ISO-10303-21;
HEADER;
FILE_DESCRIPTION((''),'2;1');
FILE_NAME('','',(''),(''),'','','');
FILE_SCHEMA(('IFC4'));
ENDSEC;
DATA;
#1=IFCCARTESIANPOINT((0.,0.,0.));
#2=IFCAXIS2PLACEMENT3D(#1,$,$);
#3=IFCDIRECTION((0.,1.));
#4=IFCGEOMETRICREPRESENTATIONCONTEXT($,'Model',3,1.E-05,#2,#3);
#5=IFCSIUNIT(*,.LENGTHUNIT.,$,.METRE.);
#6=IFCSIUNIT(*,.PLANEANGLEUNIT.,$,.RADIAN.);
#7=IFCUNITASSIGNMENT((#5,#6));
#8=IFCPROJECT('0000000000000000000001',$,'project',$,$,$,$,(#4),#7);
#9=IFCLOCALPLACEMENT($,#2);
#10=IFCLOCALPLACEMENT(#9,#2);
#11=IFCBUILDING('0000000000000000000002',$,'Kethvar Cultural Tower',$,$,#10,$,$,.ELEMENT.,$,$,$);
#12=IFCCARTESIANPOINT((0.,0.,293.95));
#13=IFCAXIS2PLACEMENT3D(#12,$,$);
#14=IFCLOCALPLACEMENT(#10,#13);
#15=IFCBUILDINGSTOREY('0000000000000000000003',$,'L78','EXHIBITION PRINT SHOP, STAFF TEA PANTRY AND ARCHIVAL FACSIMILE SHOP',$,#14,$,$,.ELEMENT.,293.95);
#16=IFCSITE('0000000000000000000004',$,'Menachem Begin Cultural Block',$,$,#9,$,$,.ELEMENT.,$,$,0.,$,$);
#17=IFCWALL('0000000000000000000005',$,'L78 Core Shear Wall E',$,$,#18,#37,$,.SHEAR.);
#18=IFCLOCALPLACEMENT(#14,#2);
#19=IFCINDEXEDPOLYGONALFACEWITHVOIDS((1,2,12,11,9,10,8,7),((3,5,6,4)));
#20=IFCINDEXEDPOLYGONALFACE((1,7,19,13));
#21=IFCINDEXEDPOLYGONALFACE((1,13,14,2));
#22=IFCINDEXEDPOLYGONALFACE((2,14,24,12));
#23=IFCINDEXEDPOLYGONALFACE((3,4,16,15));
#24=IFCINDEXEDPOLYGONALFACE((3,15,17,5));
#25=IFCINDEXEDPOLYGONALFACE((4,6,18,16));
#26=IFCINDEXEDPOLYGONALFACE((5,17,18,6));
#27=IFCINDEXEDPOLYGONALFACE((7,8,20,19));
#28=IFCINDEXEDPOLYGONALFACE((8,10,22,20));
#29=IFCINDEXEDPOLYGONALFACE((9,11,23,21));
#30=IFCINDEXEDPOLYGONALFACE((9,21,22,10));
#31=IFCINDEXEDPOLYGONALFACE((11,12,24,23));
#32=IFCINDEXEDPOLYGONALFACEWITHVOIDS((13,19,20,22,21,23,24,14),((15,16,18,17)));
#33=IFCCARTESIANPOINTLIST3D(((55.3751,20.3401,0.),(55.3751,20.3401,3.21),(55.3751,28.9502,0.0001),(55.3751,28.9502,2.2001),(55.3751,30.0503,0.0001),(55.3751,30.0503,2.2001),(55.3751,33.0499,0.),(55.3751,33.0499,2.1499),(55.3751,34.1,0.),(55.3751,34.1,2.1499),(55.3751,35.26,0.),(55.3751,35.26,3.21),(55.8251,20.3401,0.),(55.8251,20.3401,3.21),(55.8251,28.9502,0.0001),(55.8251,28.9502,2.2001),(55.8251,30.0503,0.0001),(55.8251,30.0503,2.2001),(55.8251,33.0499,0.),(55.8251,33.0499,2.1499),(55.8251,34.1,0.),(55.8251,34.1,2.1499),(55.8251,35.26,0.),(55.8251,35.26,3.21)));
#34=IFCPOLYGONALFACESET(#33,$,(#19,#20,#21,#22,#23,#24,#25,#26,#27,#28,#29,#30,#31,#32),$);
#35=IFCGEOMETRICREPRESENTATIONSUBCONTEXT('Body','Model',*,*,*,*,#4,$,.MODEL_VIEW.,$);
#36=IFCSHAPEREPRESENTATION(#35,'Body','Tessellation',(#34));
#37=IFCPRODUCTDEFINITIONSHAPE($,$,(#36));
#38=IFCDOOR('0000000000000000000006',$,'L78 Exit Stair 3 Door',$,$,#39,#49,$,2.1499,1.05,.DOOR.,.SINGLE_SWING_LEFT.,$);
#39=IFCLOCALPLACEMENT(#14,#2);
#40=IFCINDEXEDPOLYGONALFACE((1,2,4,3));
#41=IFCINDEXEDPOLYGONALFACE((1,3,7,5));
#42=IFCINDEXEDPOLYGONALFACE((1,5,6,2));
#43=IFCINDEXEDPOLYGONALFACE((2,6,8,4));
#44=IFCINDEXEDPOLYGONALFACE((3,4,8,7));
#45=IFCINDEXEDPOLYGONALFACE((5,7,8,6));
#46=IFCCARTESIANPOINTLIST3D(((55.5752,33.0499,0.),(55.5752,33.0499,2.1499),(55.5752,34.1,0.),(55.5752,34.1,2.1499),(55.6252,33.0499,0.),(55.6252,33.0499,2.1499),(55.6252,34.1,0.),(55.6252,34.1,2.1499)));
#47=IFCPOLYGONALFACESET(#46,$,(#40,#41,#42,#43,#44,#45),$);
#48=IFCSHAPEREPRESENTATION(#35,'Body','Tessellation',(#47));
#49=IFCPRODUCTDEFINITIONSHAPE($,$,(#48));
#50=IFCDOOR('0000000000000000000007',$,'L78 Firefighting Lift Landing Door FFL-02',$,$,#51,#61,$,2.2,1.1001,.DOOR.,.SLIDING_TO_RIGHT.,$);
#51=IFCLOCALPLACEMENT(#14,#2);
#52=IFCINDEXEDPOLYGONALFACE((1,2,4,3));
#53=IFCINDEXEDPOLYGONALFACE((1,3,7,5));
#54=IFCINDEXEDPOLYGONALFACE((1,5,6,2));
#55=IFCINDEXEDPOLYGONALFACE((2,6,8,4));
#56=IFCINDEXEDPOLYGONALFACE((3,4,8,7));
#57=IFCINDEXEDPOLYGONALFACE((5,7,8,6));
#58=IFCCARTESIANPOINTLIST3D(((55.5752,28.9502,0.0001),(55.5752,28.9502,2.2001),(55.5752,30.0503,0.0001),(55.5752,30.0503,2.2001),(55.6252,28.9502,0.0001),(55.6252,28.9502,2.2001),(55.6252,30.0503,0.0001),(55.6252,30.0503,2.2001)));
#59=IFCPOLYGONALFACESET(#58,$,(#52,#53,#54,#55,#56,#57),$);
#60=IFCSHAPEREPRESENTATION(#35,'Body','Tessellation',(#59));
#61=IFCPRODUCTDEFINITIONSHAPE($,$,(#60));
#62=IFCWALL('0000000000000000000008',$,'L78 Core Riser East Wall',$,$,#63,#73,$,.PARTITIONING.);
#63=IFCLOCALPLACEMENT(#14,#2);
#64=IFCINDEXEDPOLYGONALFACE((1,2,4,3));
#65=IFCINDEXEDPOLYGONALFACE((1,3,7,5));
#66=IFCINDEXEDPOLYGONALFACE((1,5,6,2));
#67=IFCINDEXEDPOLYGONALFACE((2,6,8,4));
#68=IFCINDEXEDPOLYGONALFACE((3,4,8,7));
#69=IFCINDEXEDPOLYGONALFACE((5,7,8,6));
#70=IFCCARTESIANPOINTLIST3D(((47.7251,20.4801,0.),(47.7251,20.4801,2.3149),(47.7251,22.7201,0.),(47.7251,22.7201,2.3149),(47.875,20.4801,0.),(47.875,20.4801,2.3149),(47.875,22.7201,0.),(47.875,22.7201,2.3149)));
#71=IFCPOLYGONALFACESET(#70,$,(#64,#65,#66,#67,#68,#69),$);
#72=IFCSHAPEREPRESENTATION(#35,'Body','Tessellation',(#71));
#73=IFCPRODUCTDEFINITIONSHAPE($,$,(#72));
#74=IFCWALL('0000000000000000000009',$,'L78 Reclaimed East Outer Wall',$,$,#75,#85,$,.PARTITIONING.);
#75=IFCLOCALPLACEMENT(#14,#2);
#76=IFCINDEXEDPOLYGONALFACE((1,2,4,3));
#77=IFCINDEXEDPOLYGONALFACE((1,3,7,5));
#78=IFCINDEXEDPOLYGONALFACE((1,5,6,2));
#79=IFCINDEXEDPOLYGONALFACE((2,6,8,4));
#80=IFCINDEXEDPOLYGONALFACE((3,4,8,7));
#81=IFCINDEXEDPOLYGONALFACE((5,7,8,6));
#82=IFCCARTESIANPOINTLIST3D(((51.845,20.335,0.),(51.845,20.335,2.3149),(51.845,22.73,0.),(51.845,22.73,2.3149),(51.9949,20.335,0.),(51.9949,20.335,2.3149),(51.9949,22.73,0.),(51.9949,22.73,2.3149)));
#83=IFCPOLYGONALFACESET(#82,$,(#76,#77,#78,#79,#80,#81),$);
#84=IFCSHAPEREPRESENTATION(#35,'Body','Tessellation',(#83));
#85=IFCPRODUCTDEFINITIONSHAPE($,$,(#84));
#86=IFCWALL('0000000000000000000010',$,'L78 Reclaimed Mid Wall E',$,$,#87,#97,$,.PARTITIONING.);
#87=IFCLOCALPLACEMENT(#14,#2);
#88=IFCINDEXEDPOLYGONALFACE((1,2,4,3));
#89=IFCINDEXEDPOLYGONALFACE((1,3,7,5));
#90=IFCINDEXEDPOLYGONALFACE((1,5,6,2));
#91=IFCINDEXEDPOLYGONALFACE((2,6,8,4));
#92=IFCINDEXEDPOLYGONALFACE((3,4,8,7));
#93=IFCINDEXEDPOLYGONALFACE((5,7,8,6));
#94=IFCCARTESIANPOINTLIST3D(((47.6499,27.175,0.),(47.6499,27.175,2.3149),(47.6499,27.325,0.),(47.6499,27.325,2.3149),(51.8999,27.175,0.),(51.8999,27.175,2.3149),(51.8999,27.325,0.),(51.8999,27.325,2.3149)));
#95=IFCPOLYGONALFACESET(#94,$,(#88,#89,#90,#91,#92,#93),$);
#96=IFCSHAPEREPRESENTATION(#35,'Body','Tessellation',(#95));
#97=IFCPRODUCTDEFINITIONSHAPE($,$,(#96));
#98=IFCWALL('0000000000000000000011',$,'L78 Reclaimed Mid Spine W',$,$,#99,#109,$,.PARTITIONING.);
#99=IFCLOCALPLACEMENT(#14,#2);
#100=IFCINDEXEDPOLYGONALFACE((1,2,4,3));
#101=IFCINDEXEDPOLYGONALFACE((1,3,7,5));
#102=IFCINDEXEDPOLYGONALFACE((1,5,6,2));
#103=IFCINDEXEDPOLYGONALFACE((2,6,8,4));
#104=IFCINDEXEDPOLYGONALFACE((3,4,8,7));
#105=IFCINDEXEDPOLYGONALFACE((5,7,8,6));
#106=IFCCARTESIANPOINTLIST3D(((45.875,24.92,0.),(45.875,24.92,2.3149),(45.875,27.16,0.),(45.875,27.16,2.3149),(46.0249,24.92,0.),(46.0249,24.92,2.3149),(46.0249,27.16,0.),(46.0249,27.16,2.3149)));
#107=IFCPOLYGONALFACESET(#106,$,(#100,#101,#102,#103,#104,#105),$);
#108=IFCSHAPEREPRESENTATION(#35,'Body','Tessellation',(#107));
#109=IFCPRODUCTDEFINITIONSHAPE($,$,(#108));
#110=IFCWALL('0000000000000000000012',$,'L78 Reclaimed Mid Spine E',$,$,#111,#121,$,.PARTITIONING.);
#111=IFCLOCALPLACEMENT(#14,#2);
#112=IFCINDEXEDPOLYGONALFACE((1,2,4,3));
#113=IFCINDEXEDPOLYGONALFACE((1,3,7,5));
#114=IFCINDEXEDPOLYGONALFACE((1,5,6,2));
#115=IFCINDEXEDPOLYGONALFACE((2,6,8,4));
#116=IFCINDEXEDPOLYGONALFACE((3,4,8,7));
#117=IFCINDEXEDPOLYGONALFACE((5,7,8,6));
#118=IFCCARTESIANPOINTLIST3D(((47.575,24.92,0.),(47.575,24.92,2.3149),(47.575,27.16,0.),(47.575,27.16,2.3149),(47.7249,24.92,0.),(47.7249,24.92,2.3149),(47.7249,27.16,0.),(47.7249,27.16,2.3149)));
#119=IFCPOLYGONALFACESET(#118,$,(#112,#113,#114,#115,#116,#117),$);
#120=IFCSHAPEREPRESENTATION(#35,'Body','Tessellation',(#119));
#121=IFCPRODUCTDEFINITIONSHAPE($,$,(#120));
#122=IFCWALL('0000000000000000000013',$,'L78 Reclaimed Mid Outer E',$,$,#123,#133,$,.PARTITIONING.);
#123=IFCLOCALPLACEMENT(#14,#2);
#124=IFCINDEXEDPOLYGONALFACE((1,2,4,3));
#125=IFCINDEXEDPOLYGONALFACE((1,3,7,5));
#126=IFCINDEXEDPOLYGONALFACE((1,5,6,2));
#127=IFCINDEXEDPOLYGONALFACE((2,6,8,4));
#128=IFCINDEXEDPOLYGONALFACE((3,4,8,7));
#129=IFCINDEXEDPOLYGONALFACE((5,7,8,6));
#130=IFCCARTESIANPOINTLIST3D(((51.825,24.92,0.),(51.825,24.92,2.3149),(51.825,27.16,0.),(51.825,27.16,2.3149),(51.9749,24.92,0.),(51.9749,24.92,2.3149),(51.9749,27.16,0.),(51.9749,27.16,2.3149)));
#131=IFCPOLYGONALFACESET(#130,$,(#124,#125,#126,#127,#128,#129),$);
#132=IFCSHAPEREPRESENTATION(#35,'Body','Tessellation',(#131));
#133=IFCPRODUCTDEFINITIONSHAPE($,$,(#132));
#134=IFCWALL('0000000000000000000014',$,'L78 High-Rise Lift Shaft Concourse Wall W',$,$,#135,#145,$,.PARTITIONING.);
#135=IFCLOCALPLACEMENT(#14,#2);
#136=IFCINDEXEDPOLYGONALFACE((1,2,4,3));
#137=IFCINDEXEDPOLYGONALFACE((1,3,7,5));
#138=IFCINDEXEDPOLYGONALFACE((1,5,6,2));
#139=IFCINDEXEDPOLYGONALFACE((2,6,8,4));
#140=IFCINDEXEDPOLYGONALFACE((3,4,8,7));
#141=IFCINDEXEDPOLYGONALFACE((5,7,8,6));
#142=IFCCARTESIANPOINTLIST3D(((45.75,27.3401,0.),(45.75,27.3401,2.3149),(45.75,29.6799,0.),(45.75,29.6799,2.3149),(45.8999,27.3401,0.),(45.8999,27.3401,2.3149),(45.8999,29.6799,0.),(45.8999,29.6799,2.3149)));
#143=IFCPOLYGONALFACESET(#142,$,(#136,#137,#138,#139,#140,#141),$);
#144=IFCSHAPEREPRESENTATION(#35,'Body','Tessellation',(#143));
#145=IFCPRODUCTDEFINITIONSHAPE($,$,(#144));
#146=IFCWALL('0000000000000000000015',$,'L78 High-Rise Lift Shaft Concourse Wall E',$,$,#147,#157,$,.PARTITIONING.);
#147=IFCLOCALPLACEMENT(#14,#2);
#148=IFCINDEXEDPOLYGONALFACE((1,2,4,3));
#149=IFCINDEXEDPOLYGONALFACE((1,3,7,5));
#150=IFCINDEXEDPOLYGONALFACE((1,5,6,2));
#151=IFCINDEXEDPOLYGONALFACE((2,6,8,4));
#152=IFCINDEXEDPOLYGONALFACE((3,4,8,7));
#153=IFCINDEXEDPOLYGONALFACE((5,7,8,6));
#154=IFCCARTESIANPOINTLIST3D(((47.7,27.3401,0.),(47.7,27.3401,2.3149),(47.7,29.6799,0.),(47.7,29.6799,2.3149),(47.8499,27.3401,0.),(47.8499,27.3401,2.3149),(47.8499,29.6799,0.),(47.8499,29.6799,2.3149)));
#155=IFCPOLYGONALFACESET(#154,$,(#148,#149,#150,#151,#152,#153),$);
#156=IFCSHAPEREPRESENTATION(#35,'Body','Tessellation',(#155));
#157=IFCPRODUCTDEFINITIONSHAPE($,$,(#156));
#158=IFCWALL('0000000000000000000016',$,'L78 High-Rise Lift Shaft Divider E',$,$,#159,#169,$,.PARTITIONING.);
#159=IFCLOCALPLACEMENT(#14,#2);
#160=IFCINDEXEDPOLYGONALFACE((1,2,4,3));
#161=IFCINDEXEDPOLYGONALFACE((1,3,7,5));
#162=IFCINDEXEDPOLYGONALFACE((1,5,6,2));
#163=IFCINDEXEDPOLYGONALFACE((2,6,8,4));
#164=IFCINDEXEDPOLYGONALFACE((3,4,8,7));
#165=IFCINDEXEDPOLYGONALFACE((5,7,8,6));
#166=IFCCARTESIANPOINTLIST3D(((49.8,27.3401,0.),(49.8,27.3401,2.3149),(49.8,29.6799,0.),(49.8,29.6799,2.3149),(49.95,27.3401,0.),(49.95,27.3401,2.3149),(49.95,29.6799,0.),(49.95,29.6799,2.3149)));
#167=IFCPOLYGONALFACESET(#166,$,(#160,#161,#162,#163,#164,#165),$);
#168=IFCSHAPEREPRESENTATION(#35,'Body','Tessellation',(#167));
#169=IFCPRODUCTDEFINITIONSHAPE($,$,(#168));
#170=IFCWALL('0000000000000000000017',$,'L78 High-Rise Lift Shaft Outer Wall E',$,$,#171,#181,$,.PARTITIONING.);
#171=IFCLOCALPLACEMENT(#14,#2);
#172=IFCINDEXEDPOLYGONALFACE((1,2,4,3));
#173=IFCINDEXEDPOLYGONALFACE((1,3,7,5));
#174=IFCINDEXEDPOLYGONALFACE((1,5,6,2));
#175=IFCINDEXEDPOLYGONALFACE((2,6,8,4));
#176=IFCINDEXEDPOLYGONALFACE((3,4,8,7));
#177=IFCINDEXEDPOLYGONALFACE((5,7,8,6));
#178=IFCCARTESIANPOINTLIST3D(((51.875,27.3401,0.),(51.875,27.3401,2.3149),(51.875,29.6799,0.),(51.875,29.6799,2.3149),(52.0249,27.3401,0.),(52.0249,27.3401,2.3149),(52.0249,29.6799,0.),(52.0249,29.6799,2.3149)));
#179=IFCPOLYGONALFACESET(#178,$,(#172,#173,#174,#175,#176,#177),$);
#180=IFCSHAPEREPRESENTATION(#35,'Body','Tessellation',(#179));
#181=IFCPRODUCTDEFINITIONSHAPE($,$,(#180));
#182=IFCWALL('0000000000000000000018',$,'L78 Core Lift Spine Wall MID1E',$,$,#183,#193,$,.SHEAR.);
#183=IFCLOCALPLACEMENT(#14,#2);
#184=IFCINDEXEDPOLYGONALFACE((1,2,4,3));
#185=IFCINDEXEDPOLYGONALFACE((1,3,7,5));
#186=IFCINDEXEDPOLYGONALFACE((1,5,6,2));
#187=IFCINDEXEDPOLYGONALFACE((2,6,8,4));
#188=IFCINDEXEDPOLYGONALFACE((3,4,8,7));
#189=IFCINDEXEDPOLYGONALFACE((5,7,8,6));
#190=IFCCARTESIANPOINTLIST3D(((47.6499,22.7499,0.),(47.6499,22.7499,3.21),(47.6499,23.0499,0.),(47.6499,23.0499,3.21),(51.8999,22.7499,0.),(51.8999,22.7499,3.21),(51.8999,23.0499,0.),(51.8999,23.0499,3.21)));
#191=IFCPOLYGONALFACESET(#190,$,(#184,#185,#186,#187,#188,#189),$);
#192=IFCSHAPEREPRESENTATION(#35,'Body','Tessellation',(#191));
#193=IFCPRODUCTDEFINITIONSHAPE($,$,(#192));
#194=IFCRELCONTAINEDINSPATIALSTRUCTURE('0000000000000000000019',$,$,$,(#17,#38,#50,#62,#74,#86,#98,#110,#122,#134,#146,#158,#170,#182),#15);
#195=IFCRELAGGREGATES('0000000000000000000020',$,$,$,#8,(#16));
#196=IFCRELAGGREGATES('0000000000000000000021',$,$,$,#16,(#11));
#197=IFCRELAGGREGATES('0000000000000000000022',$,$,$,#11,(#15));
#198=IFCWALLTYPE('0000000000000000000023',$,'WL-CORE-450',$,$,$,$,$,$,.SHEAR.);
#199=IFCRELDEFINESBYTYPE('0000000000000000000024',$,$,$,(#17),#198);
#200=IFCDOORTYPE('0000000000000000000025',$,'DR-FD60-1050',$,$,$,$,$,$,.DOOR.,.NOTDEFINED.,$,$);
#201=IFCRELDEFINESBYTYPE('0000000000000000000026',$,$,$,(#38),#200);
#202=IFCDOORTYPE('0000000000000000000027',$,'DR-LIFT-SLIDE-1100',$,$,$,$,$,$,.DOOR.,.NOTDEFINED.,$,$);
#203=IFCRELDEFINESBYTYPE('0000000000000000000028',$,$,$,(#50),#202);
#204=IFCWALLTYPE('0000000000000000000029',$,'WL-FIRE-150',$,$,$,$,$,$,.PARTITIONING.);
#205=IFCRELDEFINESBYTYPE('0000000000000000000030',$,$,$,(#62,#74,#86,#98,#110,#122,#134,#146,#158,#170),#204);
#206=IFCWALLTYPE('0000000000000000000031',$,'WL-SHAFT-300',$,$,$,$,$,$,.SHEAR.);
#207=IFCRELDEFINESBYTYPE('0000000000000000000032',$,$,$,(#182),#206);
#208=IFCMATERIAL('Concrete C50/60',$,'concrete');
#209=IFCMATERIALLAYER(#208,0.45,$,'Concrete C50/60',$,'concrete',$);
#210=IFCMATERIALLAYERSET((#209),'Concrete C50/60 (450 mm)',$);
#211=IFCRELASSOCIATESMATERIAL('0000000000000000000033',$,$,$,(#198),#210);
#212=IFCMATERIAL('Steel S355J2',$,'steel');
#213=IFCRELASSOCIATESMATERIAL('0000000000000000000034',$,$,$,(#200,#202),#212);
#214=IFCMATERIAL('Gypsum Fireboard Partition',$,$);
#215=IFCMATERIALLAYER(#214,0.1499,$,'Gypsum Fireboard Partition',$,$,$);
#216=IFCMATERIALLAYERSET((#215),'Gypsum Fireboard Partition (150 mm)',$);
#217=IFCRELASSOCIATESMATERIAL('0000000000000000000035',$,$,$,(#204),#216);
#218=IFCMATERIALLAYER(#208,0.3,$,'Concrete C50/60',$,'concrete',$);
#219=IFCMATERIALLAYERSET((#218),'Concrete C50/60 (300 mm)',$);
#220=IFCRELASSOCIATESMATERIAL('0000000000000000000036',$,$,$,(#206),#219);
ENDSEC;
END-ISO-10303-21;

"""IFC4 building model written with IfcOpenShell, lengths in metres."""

from ifc_helpers import new_model, si_unit, direction, frame, frame_2d, origin, place, context, subcontext, project, spatial, rectangle, extrude, source, transform, mapped, material, layer, layer_set, type_object, element, fill, save


model = new_model("IFC4")

# Units and contexts
model_context = context("Model", 3, precision=1e-05, world=origin(), true_north=direction((0.0, 1.0)))
body_context = subcontext(model_context, "Body", "Model", "MODEL_VIEW")
ifc_project = project(units=[si_unit("LENGTHUNIT", "METRE"), si_unit("PLANEANGLEUNIT", "RADIAN")], contexts=[model_context])

# Site, building, storey
site_placement = place(None, origin())
site = spatial("IfcSite", under=ifc_project, at=site_placement, Name="Menachem Begin Cultural Block", CompositionType="ELEMENT", RefElevation=0.0)
building_placement = place(site_placement, origin())
building = spatial("IfcBuilding", under=site, at=building_placement, Name="Kethvar Cultural Tower", CompositionType="ELEMENT")
storey_placement = place(building_placement, frame((0.0, 0.0, 293.95)))
storey = spatial("IfcBuildingStorey", under=building, at=storey_placement, Name="L78", Description="EXHIBITION PRINT SHOP, STAFF TEA PANTRY AND ARCHIVAL FACSIMILE SHOP", CompositionType="ELEMENT", Elevation=293.95)

# Shared definitions
ifc_material_1 = material(Name="Steel S355J2", Category="steel")

# Wall, openings, doors
ifc_material_2 = material(Name="Concrete C50/60", Category="concrete")
ifc_layer_1 = layer(ifc_material_2, 0.45, Name="Concrete C50/60", Category="concrete")
ifc_layer_set_1 = layer_set([ifc_layer_1], Name="Concrete C50/60 (450 mm)")
wall_type_1 = type_object("IfcWallType", Name="WL-CORE-450", PredefinedType="SHEAR", material=ifc_layer_set_1)
wall_1_placement = place(storey_placement, frame((55.6001, 20.3401, 0.0), z_axis=(0.0, 0.0, 1.0), x_axis=(0.0, 1.0, 0.0)))
wall_1 = element("IfcWall", 1, at=wall_1_placement, inside=storey, type_object=wall_type_1, Name="L78 Core Shear Wall E", PredefinedType="SHEAR", context=body_context, shape_type="SweptSolid", body=[
    extrude(rectangle(XDim=14.9199, YDim=0.45, at=frame_2d((7.46, 0.0))), origin(), (0.0, 0.0, 1.0), 3.21),
])
opening_1_placement = place(wall_1_placement, frame((12.71, 0.0, 0.0)))
opening_1 = element("IfcOpeningElement", 2, at=opening_1_placement, cuts=wall_1, PredefinedType="OPENING", context=body_context, shape_type="SweptSolid", body=[
    extrude(rectangle(XDim=1.05, YDim=2.1499, at=frame_2d((0.5249, 1.075))), frame((0.0, 0.2349, 0.0), z_axis=(0.0, -1.0, 0.0), x_axis=(1.0, 0.0, 0.0)), (0.0, 0.0, 1.0), 0.47),
])
opening_2_placement = place(wall_1_placement, frame((8.6101, 0.0, 0.0)))
opening_2 = element("IfcOpeningElement", 3, at=opening_2_placement, cuts=wall_1, PredefinedType="OPENING", context=body_context, shape_type="SweptSolid", body=[
    extrude(rectangle(XDim=1.1001, YDim=2.2, at=frame_2d((0.55, 1.1001))), frame((0.0, 0.2349, 0.0), z_axis=(0.0, -1.0, 0.0), x_axis=(1.0, 0.0, 0.0)), (0.0, 0.0, 1.0), 0.47),
])
door_type_1 = type_object("IfcDoorType", Name="DR-FD60-1050", OperationType="NOTDEFINED", PredefinedType="DOOR", material=ifc_material_1)
shared_shape_1 = source(origin(), body_context, "Body", "SweptSolid", [
    extrude(rectangle(XDim=1.05, YDim=2.1499, at=frame_2d((0.5249, 1.075))), frame((0.0, 0.0249, 0.0), z_axis=(0.0, -1.0, 0.0), x_axis=(1.0, 0.0, 0.0)), (0.0, 0.0, 1.0), 0.05),
])
door_1_placement = place(opening_1_placement, origin())
door_1 = element("IfcDoor", 4, at=door_1_placement, inside=storey, type_object=door_type_1, Name="L78 Exit Stair 3 Door", OperationType="SINGLE_SWING_LEFT", OverallHeight=2.1499, OverallWidth=1.05, PredefinedType="DOOR", context=body_context, shape_type="MappedRepresentation", body=[
    mapped(shared_shape_1, transform((0.0, 0.0, 0.0), scale=1.0)),
])
fill(opening_1, door_1)
door_type_2 = type_object("IfcDoorType", Name="DR-LIFT-SLIDE-1100", OperationType="NOTDEFINED", PredefinedType="DOOR", material=ifc_material_1)
shared_shape_2 = source(origin(), body_context, "Body", "SweptSolid", [
    extrude(rectangle(XDim=1.1001, YDim=2.2, at=frame_2d((0.55, 1.1001))), frame((0.0, 0.0249, 0.0), z_axis=(0.0, -1.0, 0.0), x_axis=(1.0, 0.0, 0.0)), (0.0, 0.0, 1.0), 0.05),
])
door_2_placement = place(opening_2_placement, origin())
door_2 = element("IfcDoor", 5, at=door_2_placement, inside=storey, type_object=door_type_2, Name="L78 Firefighting Lift Landing Door FFL-02", OperationType="SLIDING_TO_RIGHT", OverallHeight=2.2, OverallWidth=1.1001, PredefinedType="DOOR", context=body_context, shape_type="MappedRepresentation", body=[
    mapped(shared_shape_2, transform((0.0, 0.0, 0.0), scale=1.0)),
])
fill(opening_2, door_2)

# Walls
ifc_material_3 = material(Name="Gypsum Fireboard Partition")
ifc_layer_2 = layer(ifc_material_3, 0.1499, Name="Gypsum Fireboard Partition")
ifc_layer_set_2 = layer_set([ifc_layer_2], Name="Gypsum Fireboard Partition (150 mm)")
wall_type_2 = type_object("IfcWallType", Name="WL-FIRE-150", PredefinedType="PARTITIONING", material=ifc_layer_set_2)
wall_2_placement = place(storey_placement, frame((47.8, 20.48, 0.0), z_axis=(0.0, 0.0, 1.0), x_axis=(0.0, 1.0, 0.0)))
element("IfcWall", 6, at=wall_2_placement, inside=storey, type_object=wall_type_2, Name="L78 Core Riser East Wall", PredefinedType="PARTITIONING", context=body_context, shape_type="SweptSolid", body=[
    extrude(rectangle(XDim=2.24, YDim=0.1499, at=frame_2d((1.1201, 0.0))), origin(), (0.0, 0.0, 1.0), 2.3149),
])
wall_3_placement = place(storey_placement, frame((51.9199, 20.335, 0.0), z_axis=(0.0, 0.0, 1.0), x_axis=(0.0, 1.0, 0.0)))
element("IfcWall", 7, at=wall_3_placement, inside=storey, type_object=wall_type_2, Name="L78 Reclaimed East Outer Wall", PredefinedType="PARTITIONING", context=body_context, shape_type="SweptSolid", body=[
    extrude(rectangle(XDim=2.395, YDim=0.1499, at=frame_2d((1.1975, 0.0))), origin(), (0.0, 0.0, 1.0), 2.3149),
])
wall_4_placement = place(storey_placement, frame((47.6499, 27.25, 0.0), z_axis=(0.0, 0.0, 1.0), x_axis=(1.0, 0.0, 0.0)))
element("IfcWall", 8, at=wall_4_placement, inside=storey, type_object=wall_type_2, Name="L78 Reclaimed Mid Wall E", PredefinedType="PARTITIONING", context=body_context, shape_type="SweptSolid", body=[
    extrude(rectangle(XDim=4.25, YDim=0.1499, at=frame_2d((2.125, 0.0))), origin(), (0.0, 0.0, 1.0), 2.3149),
])
for number, where, z_axis, x_axis, name in (
    (9, (45.95, 24.9199, 0.0), (0.0, 0.0, 1.0), (0.0, 1.0, 0.0), "L78 Reclaimed Mid Spine W"),
    (10, (47.6499, 24.9199, 0.0), (0.0, 0.0, 1.0), (0.0, 1.0, 0.0), "L78 Reclaimed Mid Spine E"),
    (11, (51.8999, 24.9199, 0.0), (0.0, 0.0, 1.0), (0.0, 1.0, 0.0), "L78 Reclaimed Mid Outer E"),
):
    element("IfcWall", number, at=place(storey_placement, frame(where, z_axis=z_axis, x_axis=x_axis)), inside=storey, type_object=wall_type_2, Name=name, PredefinedType="PARTITIONING", context=body_context, shape_type="SweptSolid", body=[
        extrude(rectangle(XDim=2.24, YDim=0.1499, at=frame_2d((1.1201, 0.0))), origin(), (0.0, 0.0, 1.0), 2.3149),
    ])
for number, where, z_axis, x_axis, name in (
    (12, (45.825, 27.3401, 0.0), (0.0, 0.0, 1.0), (0.0, 1.0, 0.0), "L78 High-Rise Lift Shaft Concourse Wall W"),
    (13, (47.7749, 27.3401, 0.0), (0.0, 0.0, 1.0), (0.0, 1.0, 0.0), "L78 High-Rise Lift Shaft Concourse Wall E"),
    (14, (49.875, 27.3401, 0.0), (0.0, 0.0, 1.0), (0.0, 1.0, 0.0), "L78 High-Rise Lift Shaft Divider E"),
    (15, (51.95, 27.3401, 0.0), (0.0, 0.0, 1.0), (0.0, 1.0, 0.0), "L78 High-Rise Lift Shaft Outer Wall E"),
):
    element("IfcWall", number, at=place(storey_placement, frame(where, z_axis=z_axis, x_axis=x_axis)), inside=storey, type_object=wall_type_2, Name=name, PredefinedType="PARTITIONING", context=body_context, shape_type="SweptSolid", body=[
        extrude(rectangle(XDim=2.3398, YDim=0.1499, at=frame_2d((1.1699, 0.0))), origin(), (0.0, 0.0, 1.0), 2.3149),
    ])
ifc_layer_3 = layer(ifc_material_2, 0.3, Name="Concrete C50/60", Category="concrete")
ifc_layer_set_3 = layer_set([ifc_layer_3], Name="Concrete C50/60 (300 mm)")
wall_type_3 = type_object("IfcWallType", Name="WL-SHAFT-300", PredefinedType="SHEAR", material=ifc_layer_set_3)
wall_5_placement = place(storey_placement, frame((47.6499, 22.8999, 0.0), z_axis=(0.0, 0.0, 1.0), x_axis=(1.0, 0.0, 0.0)))
element("IfcWall", 16, at=wall_5_placement, inside=storey, type_object=wall_type_3, Name="L78 Core Lift Spine Wall MID1E", PredefinedType="SHEAR", context=body_context, shape_type="SweptSolid", body=[
    extrude(rectangle(XDim=4.25, YDim=0.3, at=frame_2d((2.125, 0.0))), origin(), (0.0, 0.0, 1.0), 3.21),
])

save(model, "model.ifc")
